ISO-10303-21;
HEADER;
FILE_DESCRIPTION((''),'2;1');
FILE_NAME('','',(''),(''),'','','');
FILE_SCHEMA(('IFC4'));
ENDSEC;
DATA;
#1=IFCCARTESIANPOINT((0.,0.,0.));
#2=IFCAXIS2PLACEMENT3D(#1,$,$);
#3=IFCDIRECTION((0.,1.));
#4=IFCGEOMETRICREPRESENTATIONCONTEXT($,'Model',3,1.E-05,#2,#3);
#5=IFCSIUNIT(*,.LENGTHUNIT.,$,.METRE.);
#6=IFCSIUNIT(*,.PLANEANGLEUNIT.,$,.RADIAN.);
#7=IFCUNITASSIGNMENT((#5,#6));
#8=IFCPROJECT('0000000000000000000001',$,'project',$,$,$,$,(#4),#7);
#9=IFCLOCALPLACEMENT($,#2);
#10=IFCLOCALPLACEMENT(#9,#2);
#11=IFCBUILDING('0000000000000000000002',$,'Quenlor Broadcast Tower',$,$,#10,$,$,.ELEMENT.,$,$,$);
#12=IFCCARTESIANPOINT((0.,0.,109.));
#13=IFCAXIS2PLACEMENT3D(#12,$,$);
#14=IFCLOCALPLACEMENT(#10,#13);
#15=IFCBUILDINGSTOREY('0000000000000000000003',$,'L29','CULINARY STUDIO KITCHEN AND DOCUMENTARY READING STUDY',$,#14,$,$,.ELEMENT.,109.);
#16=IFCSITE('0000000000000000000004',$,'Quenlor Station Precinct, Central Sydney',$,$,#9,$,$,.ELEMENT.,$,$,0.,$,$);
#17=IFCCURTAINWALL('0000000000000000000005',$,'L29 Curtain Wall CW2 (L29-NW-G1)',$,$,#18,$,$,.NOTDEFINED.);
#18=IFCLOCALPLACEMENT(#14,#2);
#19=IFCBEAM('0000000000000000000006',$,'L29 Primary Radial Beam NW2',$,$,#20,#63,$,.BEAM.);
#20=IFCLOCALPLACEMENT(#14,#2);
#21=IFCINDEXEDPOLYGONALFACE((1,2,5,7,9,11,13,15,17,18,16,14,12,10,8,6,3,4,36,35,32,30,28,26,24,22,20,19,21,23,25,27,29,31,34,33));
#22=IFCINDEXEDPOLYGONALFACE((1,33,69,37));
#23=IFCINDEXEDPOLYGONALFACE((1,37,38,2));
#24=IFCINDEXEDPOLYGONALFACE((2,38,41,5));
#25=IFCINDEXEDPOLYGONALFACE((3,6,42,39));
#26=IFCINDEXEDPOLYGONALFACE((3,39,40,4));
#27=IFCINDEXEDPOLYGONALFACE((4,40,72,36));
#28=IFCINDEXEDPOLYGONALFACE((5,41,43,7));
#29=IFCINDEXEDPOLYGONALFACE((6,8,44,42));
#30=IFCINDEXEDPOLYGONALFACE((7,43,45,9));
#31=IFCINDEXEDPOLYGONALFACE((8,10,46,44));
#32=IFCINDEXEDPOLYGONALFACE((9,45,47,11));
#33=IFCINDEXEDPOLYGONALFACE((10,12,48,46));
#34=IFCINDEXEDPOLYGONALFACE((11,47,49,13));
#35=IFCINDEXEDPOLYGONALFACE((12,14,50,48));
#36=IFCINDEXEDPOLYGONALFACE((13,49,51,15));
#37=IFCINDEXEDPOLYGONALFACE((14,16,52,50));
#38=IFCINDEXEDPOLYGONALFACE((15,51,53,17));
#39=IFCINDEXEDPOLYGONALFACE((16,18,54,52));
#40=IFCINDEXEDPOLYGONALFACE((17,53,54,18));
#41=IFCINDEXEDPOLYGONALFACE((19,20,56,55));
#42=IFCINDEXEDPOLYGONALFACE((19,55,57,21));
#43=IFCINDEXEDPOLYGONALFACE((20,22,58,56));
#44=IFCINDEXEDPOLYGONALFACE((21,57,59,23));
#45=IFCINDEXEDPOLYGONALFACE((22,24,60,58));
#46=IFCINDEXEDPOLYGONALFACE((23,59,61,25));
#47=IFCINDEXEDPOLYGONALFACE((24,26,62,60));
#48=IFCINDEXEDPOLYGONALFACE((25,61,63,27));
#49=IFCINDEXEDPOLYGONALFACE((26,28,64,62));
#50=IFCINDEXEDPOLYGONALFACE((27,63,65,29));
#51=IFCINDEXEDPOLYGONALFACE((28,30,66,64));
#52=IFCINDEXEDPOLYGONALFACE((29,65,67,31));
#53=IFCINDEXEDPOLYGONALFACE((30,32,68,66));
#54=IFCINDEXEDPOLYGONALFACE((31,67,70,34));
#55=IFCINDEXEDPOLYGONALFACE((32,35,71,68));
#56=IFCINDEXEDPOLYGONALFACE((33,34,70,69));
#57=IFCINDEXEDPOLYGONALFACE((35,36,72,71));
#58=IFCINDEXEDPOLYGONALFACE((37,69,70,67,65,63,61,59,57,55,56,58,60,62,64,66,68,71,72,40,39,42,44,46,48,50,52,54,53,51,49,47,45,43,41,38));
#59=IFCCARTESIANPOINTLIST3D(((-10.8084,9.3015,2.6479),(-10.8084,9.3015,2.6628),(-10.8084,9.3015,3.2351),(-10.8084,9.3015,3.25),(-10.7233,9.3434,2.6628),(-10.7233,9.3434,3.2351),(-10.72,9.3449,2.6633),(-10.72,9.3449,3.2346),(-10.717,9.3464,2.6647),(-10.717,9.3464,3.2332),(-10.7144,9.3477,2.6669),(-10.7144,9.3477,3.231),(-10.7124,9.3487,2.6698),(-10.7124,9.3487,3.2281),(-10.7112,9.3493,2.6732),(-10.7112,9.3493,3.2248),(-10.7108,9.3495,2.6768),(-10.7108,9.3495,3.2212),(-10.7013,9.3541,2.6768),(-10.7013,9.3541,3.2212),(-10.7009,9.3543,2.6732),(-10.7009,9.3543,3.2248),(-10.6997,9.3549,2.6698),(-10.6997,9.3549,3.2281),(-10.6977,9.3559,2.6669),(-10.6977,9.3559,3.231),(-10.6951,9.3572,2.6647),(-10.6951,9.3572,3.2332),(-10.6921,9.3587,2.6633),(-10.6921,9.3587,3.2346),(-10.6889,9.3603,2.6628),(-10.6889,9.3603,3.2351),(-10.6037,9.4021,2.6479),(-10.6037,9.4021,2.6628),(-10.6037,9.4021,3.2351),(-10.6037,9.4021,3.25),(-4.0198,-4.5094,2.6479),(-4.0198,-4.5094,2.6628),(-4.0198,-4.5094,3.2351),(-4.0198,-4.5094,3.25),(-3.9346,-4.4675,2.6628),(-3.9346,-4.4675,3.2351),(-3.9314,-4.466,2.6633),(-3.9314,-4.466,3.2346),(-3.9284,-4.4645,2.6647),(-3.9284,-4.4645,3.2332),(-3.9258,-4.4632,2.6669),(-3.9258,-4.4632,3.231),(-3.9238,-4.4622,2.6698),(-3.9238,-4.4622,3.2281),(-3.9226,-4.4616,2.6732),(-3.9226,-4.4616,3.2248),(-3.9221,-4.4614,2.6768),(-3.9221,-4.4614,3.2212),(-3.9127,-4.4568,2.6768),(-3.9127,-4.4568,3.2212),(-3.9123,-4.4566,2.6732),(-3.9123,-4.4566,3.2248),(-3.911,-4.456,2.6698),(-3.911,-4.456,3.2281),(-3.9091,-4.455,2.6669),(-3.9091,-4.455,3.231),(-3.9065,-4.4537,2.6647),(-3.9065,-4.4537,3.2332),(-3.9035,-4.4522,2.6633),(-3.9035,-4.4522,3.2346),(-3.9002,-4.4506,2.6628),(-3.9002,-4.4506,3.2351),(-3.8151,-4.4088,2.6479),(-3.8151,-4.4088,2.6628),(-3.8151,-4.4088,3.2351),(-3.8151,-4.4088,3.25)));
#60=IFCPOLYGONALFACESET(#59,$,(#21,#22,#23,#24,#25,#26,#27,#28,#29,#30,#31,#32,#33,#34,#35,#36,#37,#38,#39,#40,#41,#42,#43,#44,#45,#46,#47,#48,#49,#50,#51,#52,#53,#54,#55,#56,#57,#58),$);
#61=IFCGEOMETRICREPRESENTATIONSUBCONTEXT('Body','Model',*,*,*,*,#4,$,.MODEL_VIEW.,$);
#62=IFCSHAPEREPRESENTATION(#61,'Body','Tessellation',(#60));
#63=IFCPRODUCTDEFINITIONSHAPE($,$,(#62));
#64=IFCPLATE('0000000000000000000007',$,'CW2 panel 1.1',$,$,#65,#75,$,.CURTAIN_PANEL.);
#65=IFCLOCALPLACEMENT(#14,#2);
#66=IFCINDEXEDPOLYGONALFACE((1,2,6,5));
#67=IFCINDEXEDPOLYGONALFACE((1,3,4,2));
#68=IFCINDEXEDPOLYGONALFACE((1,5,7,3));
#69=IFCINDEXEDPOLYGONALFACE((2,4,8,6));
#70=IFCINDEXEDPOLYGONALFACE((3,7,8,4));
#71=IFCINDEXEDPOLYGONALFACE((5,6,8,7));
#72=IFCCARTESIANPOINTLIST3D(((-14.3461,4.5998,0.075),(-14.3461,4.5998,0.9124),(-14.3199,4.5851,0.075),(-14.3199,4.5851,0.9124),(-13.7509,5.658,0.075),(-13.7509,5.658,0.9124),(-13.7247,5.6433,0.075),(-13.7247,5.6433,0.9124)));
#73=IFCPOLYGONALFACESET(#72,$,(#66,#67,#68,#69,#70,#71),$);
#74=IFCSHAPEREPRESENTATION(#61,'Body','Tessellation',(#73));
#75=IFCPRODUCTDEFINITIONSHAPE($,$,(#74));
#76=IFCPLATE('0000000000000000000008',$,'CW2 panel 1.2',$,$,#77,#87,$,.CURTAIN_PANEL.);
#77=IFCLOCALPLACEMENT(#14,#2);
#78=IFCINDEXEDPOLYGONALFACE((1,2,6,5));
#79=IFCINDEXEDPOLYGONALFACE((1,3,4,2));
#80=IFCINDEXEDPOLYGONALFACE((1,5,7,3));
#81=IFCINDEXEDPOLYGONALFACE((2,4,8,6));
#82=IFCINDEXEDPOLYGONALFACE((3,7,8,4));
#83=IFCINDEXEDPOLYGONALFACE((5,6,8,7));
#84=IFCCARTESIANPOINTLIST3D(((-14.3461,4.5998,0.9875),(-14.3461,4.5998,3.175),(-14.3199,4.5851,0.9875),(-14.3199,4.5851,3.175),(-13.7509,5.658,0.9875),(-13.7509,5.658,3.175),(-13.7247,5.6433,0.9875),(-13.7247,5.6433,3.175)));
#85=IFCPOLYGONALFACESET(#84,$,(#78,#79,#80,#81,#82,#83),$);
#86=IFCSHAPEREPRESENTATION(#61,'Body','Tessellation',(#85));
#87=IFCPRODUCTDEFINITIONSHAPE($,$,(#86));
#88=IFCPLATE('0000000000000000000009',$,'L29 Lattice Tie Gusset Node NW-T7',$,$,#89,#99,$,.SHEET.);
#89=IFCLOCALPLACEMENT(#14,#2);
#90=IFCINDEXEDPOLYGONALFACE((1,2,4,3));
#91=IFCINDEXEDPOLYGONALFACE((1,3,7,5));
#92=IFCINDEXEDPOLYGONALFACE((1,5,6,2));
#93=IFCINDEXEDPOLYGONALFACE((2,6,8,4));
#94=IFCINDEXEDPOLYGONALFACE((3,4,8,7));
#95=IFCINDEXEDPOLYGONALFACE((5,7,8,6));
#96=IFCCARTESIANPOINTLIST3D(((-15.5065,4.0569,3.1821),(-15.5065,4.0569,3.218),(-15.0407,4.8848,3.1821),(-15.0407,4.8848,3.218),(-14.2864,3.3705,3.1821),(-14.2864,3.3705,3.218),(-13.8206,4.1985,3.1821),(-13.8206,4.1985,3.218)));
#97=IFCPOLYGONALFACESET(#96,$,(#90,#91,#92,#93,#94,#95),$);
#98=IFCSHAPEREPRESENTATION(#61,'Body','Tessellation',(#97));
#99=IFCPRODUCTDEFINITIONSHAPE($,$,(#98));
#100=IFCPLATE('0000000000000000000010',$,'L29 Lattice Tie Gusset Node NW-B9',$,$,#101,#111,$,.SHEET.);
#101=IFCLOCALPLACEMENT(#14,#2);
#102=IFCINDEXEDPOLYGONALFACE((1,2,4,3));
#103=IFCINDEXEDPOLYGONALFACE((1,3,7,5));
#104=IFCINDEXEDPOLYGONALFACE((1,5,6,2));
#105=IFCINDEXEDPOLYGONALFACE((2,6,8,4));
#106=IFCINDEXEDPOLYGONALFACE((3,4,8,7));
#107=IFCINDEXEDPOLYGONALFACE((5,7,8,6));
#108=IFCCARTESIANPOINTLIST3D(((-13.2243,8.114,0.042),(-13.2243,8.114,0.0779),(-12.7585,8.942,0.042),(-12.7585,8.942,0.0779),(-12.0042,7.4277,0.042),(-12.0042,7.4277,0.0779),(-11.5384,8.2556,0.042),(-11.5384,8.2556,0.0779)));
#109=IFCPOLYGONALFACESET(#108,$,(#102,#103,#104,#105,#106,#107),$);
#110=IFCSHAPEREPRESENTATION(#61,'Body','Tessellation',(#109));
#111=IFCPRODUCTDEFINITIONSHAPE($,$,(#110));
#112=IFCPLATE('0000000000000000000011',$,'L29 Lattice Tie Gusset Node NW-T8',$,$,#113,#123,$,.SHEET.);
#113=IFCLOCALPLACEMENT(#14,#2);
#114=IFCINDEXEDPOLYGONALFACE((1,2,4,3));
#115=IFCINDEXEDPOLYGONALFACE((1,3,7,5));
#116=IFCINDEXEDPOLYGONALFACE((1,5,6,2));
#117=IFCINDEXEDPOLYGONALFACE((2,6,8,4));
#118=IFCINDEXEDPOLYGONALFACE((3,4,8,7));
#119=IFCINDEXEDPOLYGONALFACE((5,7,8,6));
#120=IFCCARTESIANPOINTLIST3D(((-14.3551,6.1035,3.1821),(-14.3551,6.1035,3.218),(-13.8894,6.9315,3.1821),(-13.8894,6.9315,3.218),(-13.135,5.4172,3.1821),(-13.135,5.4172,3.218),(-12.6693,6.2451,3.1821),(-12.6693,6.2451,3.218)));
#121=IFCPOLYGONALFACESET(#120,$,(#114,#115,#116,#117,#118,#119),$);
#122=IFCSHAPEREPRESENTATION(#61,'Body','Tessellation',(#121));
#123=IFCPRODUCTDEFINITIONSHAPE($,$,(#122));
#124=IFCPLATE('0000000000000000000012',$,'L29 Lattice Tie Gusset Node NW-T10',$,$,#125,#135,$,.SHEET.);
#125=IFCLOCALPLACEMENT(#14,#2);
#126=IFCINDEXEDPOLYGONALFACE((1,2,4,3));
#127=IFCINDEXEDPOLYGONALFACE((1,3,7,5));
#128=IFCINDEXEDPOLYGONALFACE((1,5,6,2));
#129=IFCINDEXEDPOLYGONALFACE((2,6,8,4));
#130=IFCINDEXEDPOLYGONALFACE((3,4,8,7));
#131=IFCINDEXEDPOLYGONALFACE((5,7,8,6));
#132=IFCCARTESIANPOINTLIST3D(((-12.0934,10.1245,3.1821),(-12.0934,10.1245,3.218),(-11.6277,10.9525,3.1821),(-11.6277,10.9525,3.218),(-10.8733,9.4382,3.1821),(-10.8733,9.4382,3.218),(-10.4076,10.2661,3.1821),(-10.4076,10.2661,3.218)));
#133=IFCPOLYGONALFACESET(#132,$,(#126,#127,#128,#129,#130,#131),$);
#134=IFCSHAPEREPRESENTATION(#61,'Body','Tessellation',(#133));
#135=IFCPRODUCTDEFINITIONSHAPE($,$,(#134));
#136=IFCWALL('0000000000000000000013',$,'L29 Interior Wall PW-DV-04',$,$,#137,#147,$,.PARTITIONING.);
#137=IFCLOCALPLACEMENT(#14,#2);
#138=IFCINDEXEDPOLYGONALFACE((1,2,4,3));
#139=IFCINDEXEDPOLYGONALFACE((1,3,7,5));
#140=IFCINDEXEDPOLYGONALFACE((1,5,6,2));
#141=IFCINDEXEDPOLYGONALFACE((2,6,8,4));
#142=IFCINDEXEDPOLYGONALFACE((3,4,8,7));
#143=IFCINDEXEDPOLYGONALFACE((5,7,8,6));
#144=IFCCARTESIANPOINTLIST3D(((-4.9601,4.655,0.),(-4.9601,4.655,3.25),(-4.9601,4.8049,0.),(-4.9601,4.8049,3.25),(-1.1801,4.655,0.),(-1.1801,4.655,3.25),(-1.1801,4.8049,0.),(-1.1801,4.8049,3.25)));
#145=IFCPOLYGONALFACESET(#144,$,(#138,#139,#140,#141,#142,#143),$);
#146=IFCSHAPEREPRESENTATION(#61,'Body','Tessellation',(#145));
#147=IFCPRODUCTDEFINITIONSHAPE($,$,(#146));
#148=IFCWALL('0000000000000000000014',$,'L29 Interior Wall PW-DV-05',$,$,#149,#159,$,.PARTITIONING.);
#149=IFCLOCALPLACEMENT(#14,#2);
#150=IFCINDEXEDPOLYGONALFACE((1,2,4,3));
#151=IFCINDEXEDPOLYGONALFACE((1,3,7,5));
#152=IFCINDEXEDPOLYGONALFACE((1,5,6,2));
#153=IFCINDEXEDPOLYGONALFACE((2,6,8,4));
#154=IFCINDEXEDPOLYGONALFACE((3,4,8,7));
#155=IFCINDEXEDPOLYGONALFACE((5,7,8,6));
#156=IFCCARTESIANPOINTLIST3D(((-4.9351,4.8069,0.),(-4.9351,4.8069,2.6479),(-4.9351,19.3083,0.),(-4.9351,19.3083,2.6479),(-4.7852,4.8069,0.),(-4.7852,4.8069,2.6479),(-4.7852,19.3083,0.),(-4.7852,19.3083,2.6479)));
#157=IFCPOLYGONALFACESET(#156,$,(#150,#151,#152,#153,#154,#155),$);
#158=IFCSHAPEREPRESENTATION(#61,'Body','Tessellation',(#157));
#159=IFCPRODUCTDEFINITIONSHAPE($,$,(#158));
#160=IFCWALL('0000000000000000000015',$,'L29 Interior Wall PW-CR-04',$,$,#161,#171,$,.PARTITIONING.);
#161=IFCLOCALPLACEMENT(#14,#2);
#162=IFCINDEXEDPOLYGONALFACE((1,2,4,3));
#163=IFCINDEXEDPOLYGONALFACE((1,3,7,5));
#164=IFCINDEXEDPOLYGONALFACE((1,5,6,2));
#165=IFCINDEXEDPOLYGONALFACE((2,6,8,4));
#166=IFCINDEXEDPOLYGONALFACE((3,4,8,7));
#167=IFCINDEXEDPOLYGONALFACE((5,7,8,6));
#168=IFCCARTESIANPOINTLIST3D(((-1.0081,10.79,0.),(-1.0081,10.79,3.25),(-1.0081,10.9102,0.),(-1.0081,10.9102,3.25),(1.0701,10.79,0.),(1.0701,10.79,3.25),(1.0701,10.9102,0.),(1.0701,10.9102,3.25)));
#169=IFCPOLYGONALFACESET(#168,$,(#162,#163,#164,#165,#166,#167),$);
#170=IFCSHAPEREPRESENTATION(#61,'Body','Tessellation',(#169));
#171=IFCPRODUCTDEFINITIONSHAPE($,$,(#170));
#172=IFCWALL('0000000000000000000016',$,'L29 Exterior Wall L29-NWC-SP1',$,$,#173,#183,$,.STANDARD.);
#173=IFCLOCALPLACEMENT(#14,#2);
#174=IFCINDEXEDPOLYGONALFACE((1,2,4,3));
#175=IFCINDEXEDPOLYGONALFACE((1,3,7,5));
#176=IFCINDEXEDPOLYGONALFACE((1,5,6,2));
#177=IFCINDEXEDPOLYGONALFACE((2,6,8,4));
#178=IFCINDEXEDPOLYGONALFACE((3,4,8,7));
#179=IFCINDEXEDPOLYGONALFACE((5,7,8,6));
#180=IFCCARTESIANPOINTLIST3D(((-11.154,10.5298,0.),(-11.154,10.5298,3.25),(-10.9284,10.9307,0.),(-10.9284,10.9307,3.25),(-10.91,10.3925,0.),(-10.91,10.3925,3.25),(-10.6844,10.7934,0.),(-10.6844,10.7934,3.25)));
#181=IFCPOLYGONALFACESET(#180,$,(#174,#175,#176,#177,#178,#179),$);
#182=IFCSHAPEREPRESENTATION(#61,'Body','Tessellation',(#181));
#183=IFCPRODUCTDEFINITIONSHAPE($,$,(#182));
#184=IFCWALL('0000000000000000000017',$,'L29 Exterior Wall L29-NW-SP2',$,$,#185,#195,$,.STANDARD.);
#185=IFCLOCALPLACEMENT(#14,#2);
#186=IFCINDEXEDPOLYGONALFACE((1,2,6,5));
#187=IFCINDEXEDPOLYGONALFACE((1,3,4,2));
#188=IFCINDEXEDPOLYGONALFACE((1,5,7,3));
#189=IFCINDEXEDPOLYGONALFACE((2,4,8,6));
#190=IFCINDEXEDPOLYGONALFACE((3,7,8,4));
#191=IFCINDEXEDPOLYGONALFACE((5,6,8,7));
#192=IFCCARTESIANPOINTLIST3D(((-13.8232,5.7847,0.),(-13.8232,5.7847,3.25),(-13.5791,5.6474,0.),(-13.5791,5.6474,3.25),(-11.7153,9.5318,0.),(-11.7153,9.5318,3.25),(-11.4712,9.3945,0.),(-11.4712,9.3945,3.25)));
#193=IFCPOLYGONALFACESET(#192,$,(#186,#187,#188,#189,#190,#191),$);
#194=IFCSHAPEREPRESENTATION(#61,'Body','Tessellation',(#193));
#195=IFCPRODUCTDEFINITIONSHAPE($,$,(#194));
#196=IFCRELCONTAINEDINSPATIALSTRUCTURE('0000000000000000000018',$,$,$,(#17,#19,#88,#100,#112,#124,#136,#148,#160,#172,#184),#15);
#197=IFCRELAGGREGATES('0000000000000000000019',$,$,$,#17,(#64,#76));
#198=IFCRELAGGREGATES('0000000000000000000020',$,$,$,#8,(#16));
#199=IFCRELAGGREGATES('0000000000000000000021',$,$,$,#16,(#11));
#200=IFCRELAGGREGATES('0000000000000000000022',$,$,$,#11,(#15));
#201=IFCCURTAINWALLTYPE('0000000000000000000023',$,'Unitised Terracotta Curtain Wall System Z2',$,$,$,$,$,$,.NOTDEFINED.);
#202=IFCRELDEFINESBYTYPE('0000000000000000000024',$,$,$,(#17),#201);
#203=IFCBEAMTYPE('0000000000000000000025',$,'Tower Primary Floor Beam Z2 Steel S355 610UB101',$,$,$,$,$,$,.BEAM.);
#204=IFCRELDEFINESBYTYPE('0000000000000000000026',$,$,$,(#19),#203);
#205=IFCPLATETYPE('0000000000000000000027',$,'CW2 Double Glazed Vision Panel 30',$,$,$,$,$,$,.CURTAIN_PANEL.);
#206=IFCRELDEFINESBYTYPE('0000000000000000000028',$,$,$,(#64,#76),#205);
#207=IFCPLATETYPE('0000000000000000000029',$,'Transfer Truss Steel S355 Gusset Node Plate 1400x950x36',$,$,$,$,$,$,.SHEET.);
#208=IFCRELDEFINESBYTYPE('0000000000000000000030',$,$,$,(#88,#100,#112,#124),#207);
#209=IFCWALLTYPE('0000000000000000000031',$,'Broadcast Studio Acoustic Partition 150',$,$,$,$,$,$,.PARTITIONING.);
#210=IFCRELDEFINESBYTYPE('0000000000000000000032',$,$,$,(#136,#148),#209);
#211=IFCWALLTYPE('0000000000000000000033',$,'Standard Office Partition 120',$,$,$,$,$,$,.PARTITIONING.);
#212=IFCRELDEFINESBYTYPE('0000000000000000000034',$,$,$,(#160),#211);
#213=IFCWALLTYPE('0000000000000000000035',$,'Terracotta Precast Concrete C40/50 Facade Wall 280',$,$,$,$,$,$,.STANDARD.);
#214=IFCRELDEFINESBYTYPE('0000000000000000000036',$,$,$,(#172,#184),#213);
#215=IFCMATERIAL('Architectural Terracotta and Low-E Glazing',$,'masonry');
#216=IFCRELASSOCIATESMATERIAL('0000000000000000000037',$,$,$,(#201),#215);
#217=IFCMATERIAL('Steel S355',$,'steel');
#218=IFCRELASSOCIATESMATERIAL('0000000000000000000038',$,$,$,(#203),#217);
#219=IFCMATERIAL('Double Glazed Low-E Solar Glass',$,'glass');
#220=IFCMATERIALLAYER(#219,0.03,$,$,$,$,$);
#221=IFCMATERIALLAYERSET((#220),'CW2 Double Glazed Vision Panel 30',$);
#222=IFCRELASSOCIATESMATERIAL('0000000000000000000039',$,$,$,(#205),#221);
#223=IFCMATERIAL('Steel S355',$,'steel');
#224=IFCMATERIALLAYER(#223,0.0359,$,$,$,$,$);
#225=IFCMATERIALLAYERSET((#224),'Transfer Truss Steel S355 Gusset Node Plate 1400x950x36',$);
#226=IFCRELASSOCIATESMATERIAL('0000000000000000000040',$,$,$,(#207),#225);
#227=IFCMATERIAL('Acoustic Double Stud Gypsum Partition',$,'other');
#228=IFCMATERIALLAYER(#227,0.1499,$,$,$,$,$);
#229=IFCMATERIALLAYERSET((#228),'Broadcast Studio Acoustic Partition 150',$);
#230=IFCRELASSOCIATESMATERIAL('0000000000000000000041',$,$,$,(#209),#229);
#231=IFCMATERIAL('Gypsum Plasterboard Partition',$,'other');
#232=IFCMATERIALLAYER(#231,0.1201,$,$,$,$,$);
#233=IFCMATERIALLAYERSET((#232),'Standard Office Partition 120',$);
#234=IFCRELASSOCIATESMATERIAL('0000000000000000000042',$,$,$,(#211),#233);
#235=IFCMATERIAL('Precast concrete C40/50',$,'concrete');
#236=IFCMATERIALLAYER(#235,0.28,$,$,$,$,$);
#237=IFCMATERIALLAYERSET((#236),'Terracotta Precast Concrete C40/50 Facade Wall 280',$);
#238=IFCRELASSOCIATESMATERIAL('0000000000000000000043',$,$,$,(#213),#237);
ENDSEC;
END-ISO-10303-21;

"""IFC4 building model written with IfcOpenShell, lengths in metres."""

from ifc_helpers import new_model, si_unit, direction, frame, frame_2d, origin, origin_2d, place, context, subcontext, project, spatial, rectangle, i_section, extrude, material, layer, layer_set, material_profile, profile_set, type_object, element, aggregate, save


model = new_model("IFC4")

# Units and contexts
model_context = context("Model", 3, precision=1e-05, world=origin(), true_north=direction((0.0, 1.0)))
body_context = subcontext(model_context, "Body", "Model", "MODEL_VIEW")
ifc_project = project(units=[si_unit("LENGTHUNIT", "METRE"), si_unit("PLANEANGLEUNIT", "RADIAN")], contexts=[model_context])

# Site, building, storey
site_placement = place(None, origin())
site = spatial("IfcSite", under=ifc_project, at=site_placement, Name="Quenlor Station Precinct, Central Sydney", CompositionType="ELEMENT", RefElevation=0.0)
building_placement = place(site_placement, origin())
building = spatial("IfcBuilding", under=site, at=building_placement, Name="Quenlor Broadcast Tower", CompositionType="ELEMENT")
storey_placement = place(building_placement, frame((0.0, 0.0, 109.0)))
storey = spatial("IfcBuildingStorey", under=building, at=storey_placement, Name="L29", Description="CULINARY STUDIO KITCHEN AND DOCUMENTARY READING STUDY", CompositionType="ELEMENT", Elevation=109.0)

# Shared definitions
ifc_material_1 = material(Name="Architectural Terracotta and Low-E Glazing", Category="masonry")
curtain_wall_type = type_object("IfcCurtainWallType", Name="Unitised Terracotta Curtain Wall System Z2", PredefinedType="NOTDEFINED", material=ifc_material_1)

# Curtain wall
curtain_wall_1_placement = place(storey_placement, origin())
curtain_wall_1 = element("IfcCurtainWall", 1, at=curtain_wall_1_placement, inside=storey, type_object=curtain_wall_type, Name="L29 Curtain Wall CW2 (L29-NW-G1)", PredefinedType="NOTDEFINED")

# Beam
ifc_material_2 = material(Name="Steel S355", Category="steel")
ifc_material_profile_1 = material_profile(ifc_material_2, i_section(OverallWidth=0.228, OverallDepth=0.6021, WebThickness=0.0105, FlangeThickness=0.0149, FilletRadius=0.0139, at=origin_2d()))
ifc_profile_set_1 = profile_set([ifc_material_profile_1], Name="Steel S355 610UB101")
beam_type_1 = type_object("IfcBeamType", Name="Tower Primary Floor Beam Z2 Steel S355 610UB101", PredefinedType="BEAM", material=ifc_profile_set_1)
beam_1_placement = place(storey_placement, frame((-10.7061, 9.3518, 2.949), z_axis=(0.44113, -0.897443, 0.0), x_axis=(0.897443, 0.44113, 0.0)))
element("IfcBeam", 2, at=beam_1_placement, inside=storey, type_object=beam_type_1, Name="L29 Primary Radial Beam NW2", PredefinedType="BEAM", context=body_context, shape_type="SweptSolid", body=[
    extrude(i_section(OverallWidth=0.228, OverallDepth=0.6021, WebThickness=0.0105, FlangeThickness=0.0149, FilletRadius=0.0139, at=origin_2d()), origin(), (0.0, 0.0, 1.0), 15.3892),
])

# Plates
ifc_material_3 = material(Name="Double Glazed Low-E Solar Glass", Category="glass")
ifc_layer_1 = layer(ifc_material_3, 0.03)
ifc_layer_set_1 = layer_set([ifc_layer_1], Name="CW2 Double Glazed Vision Panel 30")
plate_type_1 = type_object("IfcPlateType", Name="CW2 Double Glazed Vision Panel 30", PredefinedType="CURTAIN_PANEL", material=ifc_layer_set_1)
plate_1_placement = place(storey_placement, frame((-14.0354, 5.1216, 0.075), z_axis=(0.0, 0.0, 1.0), x_axis=(0.490254, 0.871579, 0.0)))
plate_1 = element("IfcPlate", 3, at=plate_1_placement, type_object=plate_type_1, Name="CW2 panel 1.1", PredefinedType="CURTAIN_PANEL", context=body_context, shape_type="SweptSolid", body=[
    extrude(rectangle(XDim=1.2141, YDim=0.03, at=origin_2d()), origin(), (0.0, 0.0, 1.0), 0.8374),
])
plate_2_placement = place(storey_placement, frame((-14.0354, 5.1216, 0.9875), z_axis=(0.0, 0.0, 1.0), x_axis=(0.490254, 0.871579, 0.0)))
plate_2 = element("IfcPlate", 4, at=plate_2_placement, type_object=plate_type_1, Name="CW2 panel 1.2", PredefinedType="CURTAIN_PANEL", context=body_context, shape_type="SweptSolid", body=[
    extrude(rectangle(XDim=1.2141, YDim=0.03, at=origin_2d()), origin(), (0.0, 0.0, 1.0), 2.1875),
])
aggregate(curtain_wall_1, [plate_1, plate_2])

# Plates
ifc_material_4 = material(Name="Steel S355", Category="steel")
ifc_layer_2 = layer(ifc_material_4, 0.0359)
ifc_layer_set_2 = layer_set([ifc_layer_2], Name="Transfer Truss Steel S355 Gusset Node Plate 1400x950x36")
plate_type_2 = type_object("IfcPlateType", Name="Transfer Truss Steel S355 Gusset Node Plate 1400x950x36", PredefinedType="SHEET", material=ifc_layer_set_2)
for number, where, z_axis, x_axis, name in (
    (5, (-14.6636, 4.1277, 3.1821), (0.0, 0.0, 1.0), (-0.871556, 0.490295, 0.0), "L29 Lattice Tie Gusset Node NW-T7"),
    (6, (-12.3813, 8.1848, 0.042), (0.0, 0.0, 1.0), (-0.871556, 0.490295, 0.0), "L29 Lattice Tie Gusset Node NW-B9"),
    (7, (-13.5122, 6.1743, 3.1821), (0.0, 0.0, 1.0), (-0.871556, 0.490295, 0.0), "L29 Lattice Tie Gusset Node NW-T8"),
    (8, (-11.2505, 10.1953, 3.1821), (0.0, 0.0, 1.0), (-0.871556, 0.490295, 0.0), "L29 Lattice Tie Gusset Node NW-T10"),
):
    element("IfcPlate", number, at=place(storey_placement, frame(where, z_axis=z_axis, x_axis=x_axis)), inside=storey, type_object=plate_type_2, Name=name, PredefinedType="SHEET", context=body_context, shape_type="SweptSolid", body=[
        extrude(rectangle(XDim=1.3999, YDim=0.95, at=origin_2d()), origin(), (0.0, 0.0, 1.0), 0.0359),
    ])

# Walls
ifc_material_5 = material(Name="Acoustic Double Stud Gypsum Partition", Category="other")
ifc_layer_3 = layer(ifc_material_5, 0.1499)
ifc_layer_set_3 = layer_set([ifc_layer_3], Name="Broadcast Studio Acoustic Partition 150")
wall_type_1 = type_object("IfcWallType", Name="Broadcast Studio Acoustic Partition 150", PredefinedType="PARTITIONING", material=ifc_layer_set_3)
wall_1_placement = place(storey_placement, frame((-1.1799, 4.73, 0.0), z_axis=(0.0, 0.0, 1.0), x_axis=(-1.0, 0.0, 0.0)))
element("IfcWall", 9, at=wall_1_placement, inside=storey, type_object=wall_type_1, Name="L29 Interior Wall PW-DV-04", PredefinedType="PARTITIONING", context=body_context, shape_type="SweptSolid", body=[
    extrude(rectangle(XDim=3.78, YDim=0.1499, at=frame_2d((1.8901, 0.0))), origin(), (0.0, 0.0, 1.0), 3.25),
])
wall_2_placement = place(storey_placement, frame((-4.8601, 4.8069, 0.0), z_axis=(0.0, 0.0, 1.0), x_axis=(0.0, 1.0, 0.0)))
element("IfcWall", 10, at=wall_2_placement, inside=storey, type_object=wall_type_1, Name="L29 Interior Wall PW-DV-05", PredefinedType="PARTITIONING", context=body_context, shape_type="SweptSolid", body=[
    extrude(rectangle(XDim=14.5015, YDim=0.1499, at=frame_2d((7.2507, 0.0))), origin(), (0.0, 0.0, 1.0), 2.6479),
])
ifc_material_6 = material(Name="Gypsum Plasterboard Partition", Category="other")
ifc_layer_4 = layer(ifc_material_6, 0.1201)
ifc_layer_set_4 = layer_set([ifc_layer_4], Name="Standard Office Partition 120")
wall_type_2 = type_object("IfcWallType", Name="Standard Office Partition 120", PredefinedType="PARTITIONING", material=ifc_layer_set_4)
wall_3_placement = place(storey_placement, frame((-1.0081, 10.8501, 0.0), z_axis=(0.0, 0.0, 1.0), x_axis=(1.0, 0.0, 0.0)))
element("IfcWall", 11, at=wall_3_placement, inside=storey, type_object=wall_type_2, Name="L29 Interior Wall PW-CR-04", PredefinedType="PARTITIONING", context=body_context, shape_type="SweptSolid", body=[
    extrude(rectangle(XDim=2.0781, YDim=0.1201, at=frame_2d((1.0391, 0.0))), origin(), (0.0, 0.0, 1.0), 3.25),
])
ifc_material_7 = material(Name="Precast concrete C40/50", Category="concrete")
ifc_layer_5 = layer(ifc_material_7, 0.28)
ifc_layer_set_5 = layer_set([ifc_layer_5], Name="Terracotta Precast Concrete C40/50 Facade Wall 280")
wall_type_3 = type_object("IfcWallType", Name="Terracotta Precast Concrete C40/50 Facade Wall 280", PredefinedType="STANDARD", material=ifc_layer_set_5)
wall_4_placement = place(storey_placement, frame((-11.032, 10.4612, 0.0), z_axis=(0.0, 0.0, 1.0), x_axis=(0.490412, 0.87149, 0.0)))
element("IfcWall", 12, at=wall_4_placement, inside=storey, type_object=wall_type_3, Name="L29 Exterior Wall L29-NWC-SP1", PredefinedType="STANDARD", context=body_context, shape_type="SweptSolid", body=[
    extrude(rectangle(XDim=0.46, YDim=0.28, at=frame_2d((0.23, 0.0))), origin(), (0.0, 0.0, 1.0), 3.25),
])
wall_5_placement = place(storey_placement, frame((-13.7012, 5.7161, 0.0), z_axis=(0.0, 0.0, 1.0), x_axis=(0.490294, 0.871557, 0.0)))
element("IfcWall", 13, at=wall_5_placement, inside=storey, type_object=wall_type_3, Name="L29 Exterior Wall L29-NW-SP2", PredefinedType="STANDARD", context=body_context, shape_type="SweptSolid", body=[
    extrude(rectangle(XDim=4.2993, YDim=0.28, at=frame_2d((2.1497, 0.0))), origin(), (0.0, 0.0, 1.0), 3.25),
])

save(model, "model.ifc")
